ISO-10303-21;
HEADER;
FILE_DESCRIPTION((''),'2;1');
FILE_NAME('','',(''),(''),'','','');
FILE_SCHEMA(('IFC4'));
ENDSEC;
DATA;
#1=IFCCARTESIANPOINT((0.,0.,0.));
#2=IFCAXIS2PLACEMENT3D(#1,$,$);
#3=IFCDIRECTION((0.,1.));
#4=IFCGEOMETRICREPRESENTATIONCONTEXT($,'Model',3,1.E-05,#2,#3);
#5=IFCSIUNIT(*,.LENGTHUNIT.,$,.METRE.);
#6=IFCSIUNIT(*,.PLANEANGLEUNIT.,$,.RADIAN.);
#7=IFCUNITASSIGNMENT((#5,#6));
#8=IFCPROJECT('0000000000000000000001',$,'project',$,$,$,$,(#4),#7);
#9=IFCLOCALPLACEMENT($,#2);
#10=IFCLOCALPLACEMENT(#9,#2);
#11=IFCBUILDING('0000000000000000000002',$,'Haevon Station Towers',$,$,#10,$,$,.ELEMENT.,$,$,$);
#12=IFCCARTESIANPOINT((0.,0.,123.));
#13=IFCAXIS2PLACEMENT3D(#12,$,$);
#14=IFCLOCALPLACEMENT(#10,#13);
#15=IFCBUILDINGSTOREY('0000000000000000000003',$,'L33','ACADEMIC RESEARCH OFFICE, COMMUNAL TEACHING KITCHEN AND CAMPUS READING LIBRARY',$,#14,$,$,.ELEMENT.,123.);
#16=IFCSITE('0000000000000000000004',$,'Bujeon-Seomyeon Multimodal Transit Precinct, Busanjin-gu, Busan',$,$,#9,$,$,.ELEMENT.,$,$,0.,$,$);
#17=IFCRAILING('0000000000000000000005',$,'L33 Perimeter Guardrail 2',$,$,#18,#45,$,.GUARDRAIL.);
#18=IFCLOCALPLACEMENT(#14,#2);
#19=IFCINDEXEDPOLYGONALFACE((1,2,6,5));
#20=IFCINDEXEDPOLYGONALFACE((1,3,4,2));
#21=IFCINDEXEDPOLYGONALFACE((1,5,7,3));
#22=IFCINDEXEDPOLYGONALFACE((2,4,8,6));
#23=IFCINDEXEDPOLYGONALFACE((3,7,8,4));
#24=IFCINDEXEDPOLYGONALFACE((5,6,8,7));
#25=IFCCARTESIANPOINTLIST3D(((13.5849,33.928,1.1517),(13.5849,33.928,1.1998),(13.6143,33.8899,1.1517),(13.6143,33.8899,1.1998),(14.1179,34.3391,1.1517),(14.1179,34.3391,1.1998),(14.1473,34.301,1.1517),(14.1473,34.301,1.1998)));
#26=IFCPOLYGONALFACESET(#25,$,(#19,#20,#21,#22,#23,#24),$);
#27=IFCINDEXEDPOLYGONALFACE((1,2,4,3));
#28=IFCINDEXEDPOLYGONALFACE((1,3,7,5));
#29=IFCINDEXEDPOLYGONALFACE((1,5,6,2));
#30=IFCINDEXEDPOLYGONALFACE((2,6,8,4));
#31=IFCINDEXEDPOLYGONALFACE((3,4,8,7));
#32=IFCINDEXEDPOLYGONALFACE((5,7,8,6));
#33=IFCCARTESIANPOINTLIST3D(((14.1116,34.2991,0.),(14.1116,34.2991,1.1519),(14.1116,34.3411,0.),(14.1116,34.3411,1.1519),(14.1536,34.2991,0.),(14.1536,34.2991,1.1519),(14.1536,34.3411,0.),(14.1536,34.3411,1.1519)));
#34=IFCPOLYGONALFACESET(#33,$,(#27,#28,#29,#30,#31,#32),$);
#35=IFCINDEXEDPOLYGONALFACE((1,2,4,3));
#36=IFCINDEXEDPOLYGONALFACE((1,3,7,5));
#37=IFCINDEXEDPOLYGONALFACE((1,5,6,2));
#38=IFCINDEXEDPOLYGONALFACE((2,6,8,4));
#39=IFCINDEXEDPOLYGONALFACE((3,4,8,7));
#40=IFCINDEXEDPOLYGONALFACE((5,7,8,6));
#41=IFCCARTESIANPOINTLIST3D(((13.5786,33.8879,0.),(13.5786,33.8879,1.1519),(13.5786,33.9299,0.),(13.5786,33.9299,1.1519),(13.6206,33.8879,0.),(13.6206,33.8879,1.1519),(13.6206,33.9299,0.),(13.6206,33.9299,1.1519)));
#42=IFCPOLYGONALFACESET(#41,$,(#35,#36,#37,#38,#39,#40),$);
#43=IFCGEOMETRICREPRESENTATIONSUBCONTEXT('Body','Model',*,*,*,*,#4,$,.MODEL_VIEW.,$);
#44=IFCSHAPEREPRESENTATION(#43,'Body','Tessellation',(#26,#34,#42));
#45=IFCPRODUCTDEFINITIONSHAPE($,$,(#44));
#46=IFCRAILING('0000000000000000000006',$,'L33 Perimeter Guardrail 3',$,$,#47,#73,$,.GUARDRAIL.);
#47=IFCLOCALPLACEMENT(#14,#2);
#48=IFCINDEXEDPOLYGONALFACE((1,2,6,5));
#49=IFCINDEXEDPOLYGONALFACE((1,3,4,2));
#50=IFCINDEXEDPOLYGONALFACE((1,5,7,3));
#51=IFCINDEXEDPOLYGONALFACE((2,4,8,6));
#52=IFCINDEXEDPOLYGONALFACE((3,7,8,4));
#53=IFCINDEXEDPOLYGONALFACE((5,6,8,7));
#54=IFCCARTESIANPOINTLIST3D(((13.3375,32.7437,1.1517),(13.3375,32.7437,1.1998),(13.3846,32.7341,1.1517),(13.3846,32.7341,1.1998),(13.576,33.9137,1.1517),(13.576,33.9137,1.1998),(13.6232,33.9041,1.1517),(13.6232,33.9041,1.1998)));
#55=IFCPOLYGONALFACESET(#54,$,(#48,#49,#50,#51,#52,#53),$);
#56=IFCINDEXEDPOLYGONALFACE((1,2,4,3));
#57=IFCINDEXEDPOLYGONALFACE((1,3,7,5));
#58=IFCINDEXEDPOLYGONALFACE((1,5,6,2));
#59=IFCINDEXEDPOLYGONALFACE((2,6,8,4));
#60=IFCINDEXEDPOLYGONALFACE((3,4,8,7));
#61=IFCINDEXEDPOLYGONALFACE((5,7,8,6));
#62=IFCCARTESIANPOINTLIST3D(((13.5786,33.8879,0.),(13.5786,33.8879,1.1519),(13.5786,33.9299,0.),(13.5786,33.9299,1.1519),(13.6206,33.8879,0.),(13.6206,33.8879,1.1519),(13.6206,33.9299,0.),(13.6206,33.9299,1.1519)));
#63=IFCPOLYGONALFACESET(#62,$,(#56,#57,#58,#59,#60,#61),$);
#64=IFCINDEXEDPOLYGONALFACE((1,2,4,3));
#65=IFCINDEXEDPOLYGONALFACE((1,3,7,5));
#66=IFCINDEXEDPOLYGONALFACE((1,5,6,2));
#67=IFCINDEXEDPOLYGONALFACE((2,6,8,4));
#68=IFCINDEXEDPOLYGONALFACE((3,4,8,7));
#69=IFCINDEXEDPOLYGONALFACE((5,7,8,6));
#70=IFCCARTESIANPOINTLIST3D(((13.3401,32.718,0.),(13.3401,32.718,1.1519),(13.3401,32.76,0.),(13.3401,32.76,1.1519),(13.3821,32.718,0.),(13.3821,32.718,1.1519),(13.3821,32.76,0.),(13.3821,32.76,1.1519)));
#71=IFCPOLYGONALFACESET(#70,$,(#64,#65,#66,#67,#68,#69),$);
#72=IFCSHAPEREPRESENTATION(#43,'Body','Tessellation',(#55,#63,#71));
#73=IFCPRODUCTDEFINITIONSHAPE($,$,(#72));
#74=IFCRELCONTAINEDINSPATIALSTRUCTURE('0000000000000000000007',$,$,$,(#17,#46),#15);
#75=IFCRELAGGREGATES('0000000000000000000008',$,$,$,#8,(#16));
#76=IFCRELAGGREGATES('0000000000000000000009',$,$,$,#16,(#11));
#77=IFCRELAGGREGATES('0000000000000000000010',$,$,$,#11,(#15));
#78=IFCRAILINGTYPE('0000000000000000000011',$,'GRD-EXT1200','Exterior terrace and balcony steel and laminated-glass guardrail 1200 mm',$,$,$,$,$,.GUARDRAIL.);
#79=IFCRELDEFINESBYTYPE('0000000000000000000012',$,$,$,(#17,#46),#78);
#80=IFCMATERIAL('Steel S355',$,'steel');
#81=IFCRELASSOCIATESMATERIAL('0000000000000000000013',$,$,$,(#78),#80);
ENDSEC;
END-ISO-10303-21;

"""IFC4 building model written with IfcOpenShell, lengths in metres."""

from ifc_helpers import new_model, si_unit, direction, frame, origin, origin_2d, place, context, subcontext, project, spatial, rectangle, extrude, material, type_object, element, save


model = new_model("IFC4")

# Units and contexts
model_context = context("Model", 3, precision=1e-05, world=origin(), true_north=direction((0.0, 1.0)))
body_context = subcontext(model_context, "Body", "Model", "MODEL_VIEW")
ifc_project = project(units=[si_unit("LENGTHUNIT", "METRE"), si_unit("PLANEANGLEUNIT", "RADIAN")], contexts=[model_context])

# Site, building, storey
site_placement = place(None, origin())
site = spatial("IfcSite", under=ifc_project, at=site_placement, Name="Bujeon-Seomyeon Multimodal Transit Precinct, Busanjin-gu, Busan", CompositionType="ELEMENT", RefElevation=0.0)
building_placement = place(site_placement, origin())
building = spatial("IfcBuilding", under=site, at=building_placement, Name="Haevon Station Towers", CompositionType="ELEMENT")
storey_placement = place(building_placement, frame((0.0, 0.0, 123.0)))
storey = spatial("IfcBuildingStorey", under=building, at=storey_placement, Name="L33", Description="ACADEMIC RESEARCH OFFICE, COMMUNAL TEACHING KITCHEN AND CAMPUS READING LIBRARY", CompositionType="ELEMENT", Elevation=123.0)

# Shared definitions
ifc_material_1 = material(Name="Steel S355", Category="steel")

# Railings
railing_type = type_object("IfcRailingType", Name="GRD-EXT1200", Description="Exterior terrace and balcony steel and laminated-glass guardrail 1200 mm", PredefinedType="GUARDRAIL", material=ifc_material_1)
railing_1_placement = place(storey_placement, frame((14.1326, 34.3201, 0.0)))
element("IfcRailing", 1, at=railing_1_placement, inside=storey, type_object=railing_type, Name="L33 Perimeter Guardrail 2", PredefinedType="GUARDRAIL", context=body_context, shape_type="SweptSolid", body=[
    extrude(rectangle(XDim=0.0481, YDim=0.0481, at=origin_2d()), frame((0.0, 0.0, 1.1758), z_axis=(-0.791787, -0.610797, 0.0), x_axis=(0.610797, -0.791787, 0.0)), (0.0, 0.0, 1.0), 0.6731),
    extrude(rectangle(XDim=0.042, YDim=0.042, at=origin_2d()), origin(), (0.0, 0.0, 1.0), 1.1519),
    extrude(rectangle(XDim=0.042, YDim=0.042, at=origin_2d()), frame((-0.533, -0.4111, 0.0)), (0.0, 0.0, 1.0), 1.1519),
])
railing_2_placement = place(storey_placement, frame((13.5996, 33.9089, 0.0)))
element("IfcRailing", 2, at=railing_2_placement, inside=storey, type_object=railing_type, Name="L33 Perimeter Guardrail 3", PredefinedType="GUARDRAIL", context=body_context, shape_type="SweptSolid", body=[
    extrude(rectangle(XDim=0.0481, YDim=0.0481, at=origin_2d()), frame((0.0, 0.0, 1.1758), z_axis=(-0.199772, -0.979842, 0.0), x_axis=(0.979842, -0.199772, 0.0)), (0.0, 0.0, 1.0), 1.1941),
    extrude(rectangle(XDim=0.042, YDim=0.042, at=origin_2d()), origin(), (0.0, 0.0, 1.0), 1.1519),
    extrude(rectangle(XDim=0.042, YDim=0.042, at=origin_2d()), frame((-0.2385, -1.1699, 0.0)), (0.0, 0.0, 1.0), 1.1519),
])

save(model, "model.ifc")
